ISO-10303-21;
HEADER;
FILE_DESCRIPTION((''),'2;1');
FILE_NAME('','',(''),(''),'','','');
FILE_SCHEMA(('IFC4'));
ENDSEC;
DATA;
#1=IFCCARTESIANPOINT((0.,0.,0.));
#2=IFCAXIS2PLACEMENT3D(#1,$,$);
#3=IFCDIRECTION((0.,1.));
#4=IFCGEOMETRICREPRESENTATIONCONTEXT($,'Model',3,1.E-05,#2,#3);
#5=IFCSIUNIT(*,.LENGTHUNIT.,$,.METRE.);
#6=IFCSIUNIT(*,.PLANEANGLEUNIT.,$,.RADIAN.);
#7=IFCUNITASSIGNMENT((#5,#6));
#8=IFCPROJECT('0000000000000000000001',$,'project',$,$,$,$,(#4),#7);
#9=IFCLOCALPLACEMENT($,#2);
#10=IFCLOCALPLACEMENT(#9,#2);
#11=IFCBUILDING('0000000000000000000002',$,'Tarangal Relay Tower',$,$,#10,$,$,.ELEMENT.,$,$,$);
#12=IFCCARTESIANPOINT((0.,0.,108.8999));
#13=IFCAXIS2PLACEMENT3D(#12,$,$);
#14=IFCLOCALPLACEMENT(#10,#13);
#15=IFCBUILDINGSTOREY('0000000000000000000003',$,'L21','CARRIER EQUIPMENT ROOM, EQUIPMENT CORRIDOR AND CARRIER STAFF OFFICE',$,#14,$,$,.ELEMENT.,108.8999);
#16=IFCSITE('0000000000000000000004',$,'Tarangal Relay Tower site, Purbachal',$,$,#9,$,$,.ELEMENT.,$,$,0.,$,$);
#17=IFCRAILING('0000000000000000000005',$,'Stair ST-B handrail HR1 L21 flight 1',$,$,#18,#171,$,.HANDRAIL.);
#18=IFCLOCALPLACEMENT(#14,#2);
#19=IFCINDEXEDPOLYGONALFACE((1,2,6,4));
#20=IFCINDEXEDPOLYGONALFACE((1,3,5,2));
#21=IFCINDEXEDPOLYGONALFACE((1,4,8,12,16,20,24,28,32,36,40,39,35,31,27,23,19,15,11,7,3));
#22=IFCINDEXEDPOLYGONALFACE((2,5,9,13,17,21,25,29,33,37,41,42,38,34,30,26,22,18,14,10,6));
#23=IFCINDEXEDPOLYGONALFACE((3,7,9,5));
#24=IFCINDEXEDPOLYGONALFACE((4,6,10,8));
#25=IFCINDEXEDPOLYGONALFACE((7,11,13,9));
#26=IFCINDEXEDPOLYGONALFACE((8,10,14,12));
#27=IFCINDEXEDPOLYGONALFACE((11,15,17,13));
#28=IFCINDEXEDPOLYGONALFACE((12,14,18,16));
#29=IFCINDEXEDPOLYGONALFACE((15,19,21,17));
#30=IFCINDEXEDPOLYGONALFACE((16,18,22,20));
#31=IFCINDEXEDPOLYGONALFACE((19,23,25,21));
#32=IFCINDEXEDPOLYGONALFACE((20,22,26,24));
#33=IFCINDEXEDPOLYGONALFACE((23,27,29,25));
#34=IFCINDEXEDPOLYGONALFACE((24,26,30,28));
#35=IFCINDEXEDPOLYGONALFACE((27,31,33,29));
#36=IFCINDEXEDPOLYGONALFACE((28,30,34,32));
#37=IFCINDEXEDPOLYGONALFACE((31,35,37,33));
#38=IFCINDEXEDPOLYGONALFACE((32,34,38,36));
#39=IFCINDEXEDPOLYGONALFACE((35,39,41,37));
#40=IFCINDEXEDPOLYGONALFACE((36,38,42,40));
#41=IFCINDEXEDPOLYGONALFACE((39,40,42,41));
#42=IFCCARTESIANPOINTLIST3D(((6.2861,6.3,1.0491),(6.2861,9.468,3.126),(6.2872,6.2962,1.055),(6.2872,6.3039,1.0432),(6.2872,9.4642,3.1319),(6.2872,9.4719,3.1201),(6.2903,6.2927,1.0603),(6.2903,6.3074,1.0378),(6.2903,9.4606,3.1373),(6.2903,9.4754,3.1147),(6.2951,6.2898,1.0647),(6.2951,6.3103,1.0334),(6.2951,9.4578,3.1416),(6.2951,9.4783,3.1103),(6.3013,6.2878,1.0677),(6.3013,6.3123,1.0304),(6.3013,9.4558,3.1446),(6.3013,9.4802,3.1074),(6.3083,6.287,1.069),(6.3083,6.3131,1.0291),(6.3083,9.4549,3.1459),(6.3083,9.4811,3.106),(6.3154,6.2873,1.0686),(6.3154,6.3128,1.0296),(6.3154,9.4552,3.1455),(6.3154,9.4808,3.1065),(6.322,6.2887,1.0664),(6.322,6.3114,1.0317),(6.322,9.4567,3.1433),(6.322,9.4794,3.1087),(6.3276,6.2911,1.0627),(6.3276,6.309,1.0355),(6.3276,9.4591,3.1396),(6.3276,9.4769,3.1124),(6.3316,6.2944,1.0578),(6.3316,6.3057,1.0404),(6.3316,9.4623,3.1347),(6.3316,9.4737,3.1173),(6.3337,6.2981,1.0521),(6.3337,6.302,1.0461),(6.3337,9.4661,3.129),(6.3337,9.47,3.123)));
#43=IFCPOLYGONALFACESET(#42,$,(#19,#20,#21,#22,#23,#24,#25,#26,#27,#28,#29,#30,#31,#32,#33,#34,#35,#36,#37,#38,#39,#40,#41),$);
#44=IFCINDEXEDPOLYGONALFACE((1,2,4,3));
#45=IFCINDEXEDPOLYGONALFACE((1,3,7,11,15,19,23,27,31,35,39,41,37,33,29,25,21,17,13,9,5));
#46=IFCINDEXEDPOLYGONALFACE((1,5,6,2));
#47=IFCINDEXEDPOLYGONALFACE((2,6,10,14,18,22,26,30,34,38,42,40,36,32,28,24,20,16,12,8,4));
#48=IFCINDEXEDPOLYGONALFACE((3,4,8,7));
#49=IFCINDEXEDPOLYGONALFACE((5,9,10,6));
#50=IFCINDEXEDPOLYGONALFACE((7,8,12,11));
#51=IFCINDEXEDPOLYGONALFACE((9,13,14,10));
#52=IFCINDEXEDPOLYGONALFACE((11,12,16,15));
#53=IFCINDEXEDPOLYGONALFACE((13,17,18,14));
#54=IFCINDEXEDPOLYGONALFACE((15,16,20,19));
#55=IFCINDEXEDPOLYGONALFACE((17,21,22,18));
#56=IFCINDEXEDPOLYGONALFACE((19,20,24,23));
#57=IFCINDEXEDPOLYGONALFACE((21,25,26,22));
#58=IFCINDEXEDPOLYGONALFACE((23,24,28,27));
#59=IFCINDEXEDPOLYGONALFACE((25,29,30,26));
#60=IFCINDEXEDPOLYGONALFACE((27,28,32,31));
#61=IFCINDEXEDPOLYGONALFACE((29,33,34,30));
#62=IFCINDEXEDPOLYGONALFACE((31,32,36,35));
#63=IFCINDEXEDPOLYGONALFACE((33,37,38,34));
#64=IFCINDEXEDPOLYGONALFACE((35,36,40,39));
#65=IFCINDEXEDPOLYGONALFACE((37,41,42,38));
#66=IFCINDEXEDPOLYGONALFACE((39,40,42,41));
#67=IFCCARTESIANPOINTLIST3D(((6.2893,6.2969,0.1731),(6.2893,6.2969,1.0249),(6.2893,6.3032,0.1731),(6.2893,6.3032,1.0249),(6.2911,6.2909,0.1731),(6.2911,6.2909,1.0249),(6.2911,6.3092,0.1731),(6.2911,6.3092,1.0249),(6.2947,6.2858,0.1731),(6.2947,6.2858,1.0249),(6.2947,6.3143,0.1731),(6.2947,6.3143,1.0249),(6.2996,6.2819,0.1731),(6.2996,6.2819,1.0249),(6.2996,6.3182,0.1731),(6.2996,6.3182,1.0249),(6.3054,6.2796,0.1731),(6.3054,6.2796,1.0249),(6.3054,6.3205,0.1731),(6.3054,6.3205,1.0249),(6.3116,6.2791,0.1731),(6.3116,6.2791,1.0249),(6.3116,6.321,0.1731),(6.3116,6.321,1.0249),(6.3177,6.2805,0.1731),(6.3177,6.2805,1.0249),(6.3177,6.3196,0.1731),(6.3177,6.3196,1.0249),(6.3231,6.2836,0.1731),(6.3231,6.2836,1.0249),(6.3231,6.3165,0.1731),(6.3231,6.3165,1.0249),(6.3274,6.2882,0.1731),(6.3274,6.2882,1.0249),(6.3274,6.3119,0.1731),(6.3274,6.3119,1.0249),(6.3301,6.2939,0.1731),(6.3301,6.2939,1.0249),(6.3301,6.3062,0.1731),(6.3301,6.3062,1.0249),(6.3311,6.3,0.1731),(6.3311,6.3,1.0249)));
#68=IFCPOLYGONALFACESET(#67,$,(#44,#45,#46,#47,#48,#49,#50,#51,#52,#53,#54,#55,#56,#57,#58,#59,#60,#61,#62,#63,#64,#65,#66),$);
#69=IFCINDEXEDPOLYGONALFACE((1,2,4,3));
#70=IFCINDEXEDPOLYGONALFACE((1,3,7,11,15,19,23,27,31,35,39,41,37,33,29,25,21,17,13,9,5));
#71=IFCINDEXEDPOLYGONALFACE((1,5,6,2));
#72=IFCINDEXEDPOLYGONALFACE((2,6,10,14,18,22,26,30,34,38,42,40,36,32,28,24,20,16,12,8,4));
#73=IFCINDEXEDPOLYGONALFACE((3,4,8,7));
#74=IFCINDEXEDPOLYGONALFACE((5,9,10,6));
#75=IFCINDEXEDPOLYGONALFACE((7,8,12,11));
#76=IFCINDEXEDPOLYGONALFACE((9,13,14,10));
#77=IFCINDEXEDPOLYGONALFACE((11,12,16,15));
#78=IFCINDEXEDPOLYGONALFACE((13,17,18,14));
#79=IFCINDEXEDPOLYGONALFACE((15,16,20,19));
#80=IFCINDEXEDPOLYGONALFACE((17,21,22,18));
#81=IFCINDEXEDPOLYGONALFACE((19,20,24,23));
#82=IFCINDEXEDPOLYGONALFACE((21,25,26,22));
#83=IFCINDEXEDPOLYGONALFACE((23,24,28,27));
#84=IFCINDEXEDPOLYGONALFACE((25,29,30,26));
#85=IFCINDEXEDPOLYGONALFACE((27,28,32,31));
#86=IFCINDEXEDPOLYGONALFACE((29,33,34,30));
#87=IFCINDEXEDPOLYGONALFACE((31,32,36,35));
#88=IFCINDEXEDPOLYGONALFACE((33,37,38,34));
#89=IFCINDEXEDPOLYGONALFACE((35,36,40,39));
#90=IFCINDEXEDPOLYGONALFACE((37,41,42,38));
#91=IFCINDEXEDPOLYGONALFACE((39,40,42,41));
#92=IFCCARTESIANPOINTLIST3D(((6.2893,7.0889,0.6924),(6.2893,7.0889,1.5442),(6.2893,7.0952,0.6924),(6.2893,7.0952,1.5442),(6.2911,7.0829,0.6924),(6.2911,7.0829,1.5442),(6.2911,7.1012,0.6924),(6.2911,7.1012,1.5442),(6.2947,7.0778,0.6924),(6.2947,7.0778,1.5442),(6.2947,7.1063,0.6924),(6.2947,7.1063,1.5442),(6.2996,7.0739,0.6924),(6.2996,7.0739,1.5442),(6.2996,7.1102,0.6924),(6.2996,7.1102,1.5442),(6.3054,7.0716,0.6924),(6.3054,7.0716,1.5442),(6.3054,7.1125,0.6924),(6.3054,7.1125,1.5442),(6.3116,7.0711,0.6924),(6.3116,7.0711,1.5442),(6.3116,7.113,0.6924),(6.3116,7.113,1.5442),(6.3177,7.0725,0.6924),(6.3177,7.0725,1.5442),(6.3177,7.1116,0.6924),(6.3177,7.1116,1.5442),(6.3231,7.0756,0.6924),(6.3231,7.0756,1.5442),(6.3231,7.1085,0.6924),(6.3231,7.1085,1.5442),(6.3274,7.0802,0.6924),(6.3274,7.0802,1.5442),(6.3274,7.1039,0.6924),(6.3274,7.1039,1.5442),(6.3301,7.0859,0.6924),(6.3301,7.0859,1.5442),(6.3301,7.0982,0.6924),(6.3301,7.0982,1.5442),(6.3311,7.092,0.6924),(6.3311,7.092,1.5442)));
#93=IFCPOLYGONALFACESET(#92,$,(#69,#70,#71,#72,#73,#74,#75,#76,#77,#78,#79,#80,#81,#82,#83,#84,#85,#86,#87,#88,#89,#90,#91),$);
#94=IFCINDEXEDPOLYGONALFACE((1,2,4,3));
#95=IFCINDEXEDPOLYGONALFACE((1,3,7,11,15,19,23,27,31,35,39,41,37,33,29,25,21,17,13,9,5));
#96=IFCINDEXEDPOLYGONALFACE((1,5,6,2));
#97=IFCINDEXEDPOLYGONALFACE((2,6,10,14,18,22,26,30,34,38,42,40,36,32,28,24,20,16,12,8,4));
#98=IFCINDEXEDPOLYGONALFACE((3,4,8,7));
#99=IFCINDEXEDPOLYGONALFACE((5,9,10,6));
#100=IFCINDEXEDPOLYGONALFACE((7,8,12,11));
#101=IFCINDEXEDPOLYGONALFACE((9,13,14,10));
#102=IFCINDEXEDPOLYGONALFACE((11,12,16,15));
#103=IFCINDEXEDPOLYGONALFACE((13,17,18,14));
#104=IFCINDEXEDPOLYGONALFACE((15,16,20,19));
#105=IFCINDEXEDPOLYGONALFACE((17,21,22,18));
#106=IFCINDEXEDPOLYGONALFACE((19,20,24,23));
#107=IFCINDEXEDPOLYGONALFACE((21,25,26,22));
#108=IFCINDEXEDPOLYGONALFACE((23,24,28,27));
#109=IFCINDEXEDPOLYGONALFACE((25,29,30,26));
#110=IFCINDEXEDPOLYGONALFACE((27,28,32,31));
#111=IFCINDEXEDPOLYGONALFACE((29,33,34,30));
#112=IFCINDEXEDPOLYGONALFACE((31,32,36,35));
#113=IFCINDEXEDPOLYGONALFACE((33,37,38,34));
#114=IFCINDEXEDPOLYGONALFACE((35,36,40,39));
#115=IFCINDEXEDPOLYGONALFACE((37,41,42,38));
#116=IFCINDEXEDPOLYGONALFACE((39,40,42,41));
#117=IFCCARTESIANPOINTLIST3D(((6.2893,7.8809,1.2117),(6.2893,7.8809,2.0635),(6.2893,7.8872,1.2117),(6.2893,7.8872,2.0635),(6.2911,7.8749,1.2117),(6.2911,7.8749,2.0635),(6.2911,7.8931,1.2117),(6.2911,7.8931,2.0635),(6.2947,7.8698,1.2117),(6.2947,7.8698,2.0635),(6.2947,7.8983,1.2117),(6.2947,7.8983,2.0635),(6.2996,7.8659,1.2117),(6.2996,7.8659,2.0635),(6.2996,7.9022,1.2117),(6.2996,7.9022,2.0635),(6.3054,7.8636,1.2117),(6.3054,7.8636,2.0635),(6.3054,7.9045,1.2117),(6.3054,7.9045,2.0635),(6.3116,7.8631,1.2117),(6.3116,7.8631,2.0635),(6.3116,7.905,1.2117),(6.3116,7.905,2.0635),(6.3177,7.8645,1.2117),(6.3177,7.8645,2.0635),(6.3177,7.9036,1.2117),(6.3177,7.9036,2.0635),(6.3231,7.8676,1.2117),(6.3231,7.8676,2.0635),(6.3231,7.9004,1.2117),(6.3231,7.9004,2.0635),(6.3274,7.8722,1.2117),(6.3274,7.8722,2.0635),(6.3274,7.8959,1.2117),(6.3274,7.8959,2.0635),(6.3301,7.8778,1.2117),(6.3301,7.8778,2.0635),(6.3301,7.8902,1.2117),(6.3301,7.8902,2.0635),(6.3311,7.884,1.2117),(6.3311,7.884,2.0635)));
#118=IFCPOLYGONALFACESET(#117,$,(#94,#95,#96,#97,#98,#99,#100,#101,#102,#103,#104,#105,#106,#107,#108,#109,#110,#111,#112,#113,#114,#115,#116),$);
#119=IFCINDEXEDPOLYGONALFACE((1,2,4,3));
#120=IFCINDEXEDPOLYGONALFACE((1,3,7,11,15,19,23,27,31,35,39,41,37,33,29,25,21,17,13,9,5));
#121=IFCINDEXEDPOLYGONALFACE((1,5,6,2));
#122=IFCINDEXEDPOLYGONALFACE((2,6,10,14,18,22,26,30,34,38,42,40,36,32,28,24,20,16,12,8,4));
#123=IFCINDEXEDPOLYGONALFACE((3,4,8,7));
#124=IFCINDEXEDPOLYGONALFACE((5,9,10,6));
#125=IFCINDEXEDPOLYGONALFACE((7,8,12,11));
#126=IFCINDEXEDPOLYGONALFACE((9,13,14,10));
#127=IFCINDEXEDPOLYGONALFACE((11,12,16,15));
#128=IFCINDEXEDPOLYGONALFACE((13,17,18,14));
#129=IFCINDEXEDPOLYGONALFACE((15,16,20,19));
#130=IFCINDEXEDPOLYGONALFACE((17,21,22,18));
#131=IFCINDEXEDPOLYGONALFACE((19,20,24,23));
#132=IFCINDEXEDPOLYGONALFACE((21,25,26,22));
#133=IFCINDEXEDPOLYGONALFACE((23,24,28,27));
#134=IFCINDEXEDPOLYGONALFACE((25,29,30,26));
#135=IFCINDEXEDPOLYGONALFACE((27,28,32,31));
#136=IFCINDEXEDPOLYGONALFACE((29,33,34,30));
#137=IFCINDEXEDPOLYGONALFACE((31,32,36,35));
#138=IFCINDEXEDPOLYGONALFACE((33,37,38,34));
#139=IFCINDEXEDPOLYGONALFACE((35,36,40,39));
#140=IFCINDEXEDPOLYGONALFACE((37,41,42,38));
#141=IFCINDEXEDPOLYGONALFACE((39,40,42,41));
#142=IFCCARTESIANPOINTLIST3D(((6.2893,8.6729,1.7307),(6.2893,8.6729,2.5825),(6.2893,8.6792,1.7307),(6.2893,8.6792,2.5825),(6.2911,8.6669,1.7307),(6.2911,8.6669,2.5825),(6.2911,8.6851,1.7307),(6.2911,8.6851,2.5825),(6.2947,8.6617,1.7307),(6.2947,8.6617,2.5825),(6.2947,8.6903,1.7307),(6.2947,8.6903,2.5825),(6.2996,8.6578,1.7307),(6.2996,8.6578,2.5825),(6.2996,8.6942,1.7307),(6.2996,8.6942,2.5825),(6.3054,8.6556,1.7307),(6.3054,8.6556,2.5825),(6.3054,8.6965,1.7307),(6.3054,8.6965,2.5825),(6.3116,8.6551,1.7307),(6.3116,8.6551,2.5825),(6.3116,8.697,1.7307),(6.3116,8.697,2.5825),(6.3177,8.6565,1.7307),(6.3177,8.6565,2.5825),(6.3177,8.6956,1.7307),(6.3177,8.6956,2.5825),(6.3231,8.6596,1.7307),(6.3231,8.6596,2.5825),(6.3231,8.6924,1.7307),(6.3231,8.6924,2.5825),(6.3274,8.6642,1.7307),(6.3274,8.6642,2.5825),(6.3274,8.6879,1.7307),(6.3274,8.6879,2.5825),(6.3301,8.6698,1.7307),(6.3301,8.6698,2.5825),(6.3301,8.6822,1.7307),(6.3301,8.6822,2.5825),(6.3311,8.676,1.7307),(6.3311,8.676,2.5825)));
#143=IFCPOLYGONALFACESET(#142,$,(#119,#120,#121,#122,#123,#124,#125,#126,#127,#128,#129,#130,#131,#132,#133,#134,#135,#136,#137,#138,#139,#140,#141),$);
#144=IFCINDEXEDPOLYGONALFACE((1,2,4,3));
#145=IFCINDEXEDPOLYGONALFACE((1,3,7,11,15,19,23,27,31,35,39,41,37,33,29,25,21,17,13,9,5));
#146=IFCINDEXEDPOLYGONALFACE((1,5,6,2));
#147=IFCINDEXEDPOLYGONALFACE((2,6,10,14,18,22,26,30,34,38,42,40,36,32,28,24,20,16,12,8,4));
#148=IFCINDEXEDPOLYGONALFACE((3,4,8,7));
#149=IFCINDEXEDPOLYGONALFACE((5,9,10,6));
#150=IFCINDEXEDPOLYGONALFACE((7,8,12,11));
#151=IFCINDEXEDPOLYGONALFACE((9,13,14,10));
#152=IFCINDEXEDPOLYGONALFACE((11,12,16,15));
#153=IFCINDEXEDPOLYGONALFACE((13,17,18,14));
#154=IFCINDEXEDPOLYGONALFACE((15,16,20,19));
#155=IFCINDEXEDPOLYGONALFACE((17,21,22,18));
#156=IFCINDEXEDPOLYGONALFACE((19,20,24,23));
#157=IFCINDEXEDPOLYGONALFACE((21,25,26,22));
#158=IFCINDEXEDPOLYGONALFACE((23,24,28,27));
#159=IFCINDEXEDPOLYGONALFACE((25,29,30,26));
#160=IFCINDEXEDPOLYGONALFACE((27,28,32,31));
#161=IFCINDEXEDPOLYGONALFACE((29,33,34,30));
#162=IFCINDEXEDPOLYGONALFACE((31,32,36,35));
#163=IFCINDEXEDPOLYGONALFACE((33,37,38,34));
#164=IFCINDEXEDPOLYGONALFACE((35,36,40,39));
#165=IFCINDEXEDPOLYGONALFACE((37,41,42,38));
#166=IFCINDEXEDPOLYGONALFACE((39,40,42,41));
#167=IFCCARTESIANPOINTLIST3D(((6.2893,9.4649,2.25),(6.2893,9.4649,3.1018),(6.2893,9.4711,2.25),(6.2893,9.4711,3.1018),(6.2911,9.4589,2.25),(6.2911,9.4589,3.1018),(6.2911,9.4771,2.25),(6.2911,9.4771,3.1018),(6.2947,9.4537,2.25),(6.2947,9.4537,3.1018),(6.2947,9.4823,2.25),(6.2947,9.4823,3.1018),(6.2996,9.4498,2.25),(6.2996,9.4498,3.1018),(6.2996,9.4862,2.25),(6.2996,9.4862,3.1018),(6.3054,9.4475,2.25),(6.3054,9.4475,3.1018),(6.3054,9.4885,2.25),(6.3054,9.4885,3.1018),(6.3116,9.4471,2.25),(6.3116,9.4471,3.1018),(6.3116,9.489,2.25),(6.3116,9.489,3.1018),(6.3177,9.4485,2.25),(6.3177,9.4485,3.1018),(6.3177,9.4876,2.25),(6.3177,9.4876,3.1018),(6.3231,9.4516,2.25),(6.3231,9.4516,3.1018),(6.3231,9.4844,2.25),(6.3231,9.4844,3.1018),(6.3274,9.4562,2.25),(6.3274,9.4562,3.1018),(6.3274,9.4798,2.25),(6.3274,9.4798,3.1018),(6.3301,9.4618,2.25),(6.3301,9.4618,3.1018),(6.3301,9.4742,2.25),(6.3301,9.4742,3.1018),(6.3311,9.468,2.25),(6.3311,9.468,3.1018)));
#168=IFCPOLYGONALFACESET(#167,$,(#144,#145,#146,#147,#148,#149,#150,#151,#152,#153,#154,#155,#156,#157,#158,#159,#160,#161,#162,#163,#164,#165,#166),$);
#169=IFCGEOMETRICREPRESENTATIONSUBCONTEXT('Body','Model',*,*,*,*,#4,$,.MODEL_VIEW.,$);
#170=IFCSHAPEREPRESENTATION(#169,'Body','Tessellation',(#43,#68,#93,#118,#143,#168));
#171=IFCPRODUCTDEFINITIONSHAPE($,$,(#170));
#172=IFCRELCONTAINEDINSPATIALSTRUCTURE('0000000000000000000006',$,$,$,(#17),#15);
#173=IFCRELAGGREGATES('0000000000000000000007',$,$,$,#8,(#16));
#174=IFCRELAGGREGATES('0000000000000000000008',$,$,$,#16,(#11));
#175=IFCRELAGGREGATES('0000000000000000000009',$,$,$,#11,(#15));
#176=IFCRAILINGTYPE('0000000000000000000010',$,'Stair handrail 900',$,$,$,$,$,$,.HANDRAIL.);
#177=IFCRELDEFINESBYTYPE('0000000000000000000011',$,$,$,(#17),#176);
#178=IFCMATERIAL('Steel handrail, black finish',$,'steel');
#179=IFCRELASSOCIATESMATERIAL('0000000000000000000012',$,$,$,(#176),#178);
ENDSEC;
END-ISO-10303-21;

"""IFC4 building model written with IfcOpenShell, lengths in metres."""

from ifc_helpers import new_model, si_unit, direction, frame, origin, origin_2d, place, context, subcontext, project, spatial, circle, extrude, material, type_object, element, save


model = new_model("IFC4")

# Units and contexts
model_context = context("Model", 3, precision=1e-05, world=origin(), true_north=direction((0.0, 1.0)))
body_context = subcontext(model_context, "Body", "Model", "MODEL_VIEW")
ifc_project = project(units=[si_unit("LENGTHUNIT", "METRE"), si_unit("PLANEANGLEUNIT", "RADIAN")], contexts=[model_context])

# Site, building, storey
site_placement = place(None, origin())
site = spatial("IfcSite", under=ifc_project, at=site_placement, Name="Tarangal Relay Tower site, Purbachal", CompositionType="ELEMENT", RefElevation=0.0)
building_placement = place(site_placement, origin())
building = spatial("IfcBuilding", under=site, at=building_placement, Name="Tarangal Relay Tower", CompositionType="ELEMENT")
storey_placement = place(building_placement, frame((0.0, 0.0, 108.8999)))
storey = spatial("IfcBuildingStorey", under=building, at=storey_placement, Name="L21", Description="CARRIER EQUIPMENT ROOM, EQUIPMENT CORRIDOR AND CARRIER STAFF OFFICE", CompositionType="ELEMENT", Elevation=108.8999)

# Railing
ifc_material_1 = material(Name="Steel handrail, black finish", Category="steel")
railing_type_1 = type_object("IfcRailingType", Name="Stair handrail 900", PredefinedType="HANDRAIL", material=ifc_material_1)
railing_1_placement = place(storey_placement, frame((6.3101, 6.3, 0.1731)))
element("IfcRailing", 1, at=railing_1_placement, inside=storey, type_object=railing_type_1, Name="Stair ST-B handrail HR1 L21 flight 1", PredefinedType="HANDRAIL", context=body_context, shape_type="SweptSolid", body=[
    extrude(circle(Radius=0.0239, at=origin_2d()), frame((0.0, 0.0, 0.876), z_axis=(0.0, 0.836299, 0.548273), x_axis=(-1.0, 0.0, 0.0)), (0.0, 0.0, 1.0), 3.7881),
    extrude(circle(Radius=0.021, at=origin_2d()), origin(), (0.0, 0.0, 1.0), 0.8518),
    extrude(circle(Radius=0.021, at=origin_2d()), frame((0.0, 0.792, 0.5193)), (0.0, 0.0, 1.0), 0.8518),
    extrude(circle(Radius=0.021, at=origin_2d()), frame((0.0, 1.584, 1.0386)), (0.0, 0.0, 1.0), 0.8518),
    extrude(circle(Radius=0.021, at=origin_2d()), frame((0.0, 2.376, 1.5576)), (0.0, 0.0, 1.0), 0.8518),
    extrude(circle(Radius=0.021, at=origin_2d()), frame((0.0, 3.168, 2.0769)), (0.0, 0.0, 1.0), 0.8518),
])

save(model, "model.ifc")
